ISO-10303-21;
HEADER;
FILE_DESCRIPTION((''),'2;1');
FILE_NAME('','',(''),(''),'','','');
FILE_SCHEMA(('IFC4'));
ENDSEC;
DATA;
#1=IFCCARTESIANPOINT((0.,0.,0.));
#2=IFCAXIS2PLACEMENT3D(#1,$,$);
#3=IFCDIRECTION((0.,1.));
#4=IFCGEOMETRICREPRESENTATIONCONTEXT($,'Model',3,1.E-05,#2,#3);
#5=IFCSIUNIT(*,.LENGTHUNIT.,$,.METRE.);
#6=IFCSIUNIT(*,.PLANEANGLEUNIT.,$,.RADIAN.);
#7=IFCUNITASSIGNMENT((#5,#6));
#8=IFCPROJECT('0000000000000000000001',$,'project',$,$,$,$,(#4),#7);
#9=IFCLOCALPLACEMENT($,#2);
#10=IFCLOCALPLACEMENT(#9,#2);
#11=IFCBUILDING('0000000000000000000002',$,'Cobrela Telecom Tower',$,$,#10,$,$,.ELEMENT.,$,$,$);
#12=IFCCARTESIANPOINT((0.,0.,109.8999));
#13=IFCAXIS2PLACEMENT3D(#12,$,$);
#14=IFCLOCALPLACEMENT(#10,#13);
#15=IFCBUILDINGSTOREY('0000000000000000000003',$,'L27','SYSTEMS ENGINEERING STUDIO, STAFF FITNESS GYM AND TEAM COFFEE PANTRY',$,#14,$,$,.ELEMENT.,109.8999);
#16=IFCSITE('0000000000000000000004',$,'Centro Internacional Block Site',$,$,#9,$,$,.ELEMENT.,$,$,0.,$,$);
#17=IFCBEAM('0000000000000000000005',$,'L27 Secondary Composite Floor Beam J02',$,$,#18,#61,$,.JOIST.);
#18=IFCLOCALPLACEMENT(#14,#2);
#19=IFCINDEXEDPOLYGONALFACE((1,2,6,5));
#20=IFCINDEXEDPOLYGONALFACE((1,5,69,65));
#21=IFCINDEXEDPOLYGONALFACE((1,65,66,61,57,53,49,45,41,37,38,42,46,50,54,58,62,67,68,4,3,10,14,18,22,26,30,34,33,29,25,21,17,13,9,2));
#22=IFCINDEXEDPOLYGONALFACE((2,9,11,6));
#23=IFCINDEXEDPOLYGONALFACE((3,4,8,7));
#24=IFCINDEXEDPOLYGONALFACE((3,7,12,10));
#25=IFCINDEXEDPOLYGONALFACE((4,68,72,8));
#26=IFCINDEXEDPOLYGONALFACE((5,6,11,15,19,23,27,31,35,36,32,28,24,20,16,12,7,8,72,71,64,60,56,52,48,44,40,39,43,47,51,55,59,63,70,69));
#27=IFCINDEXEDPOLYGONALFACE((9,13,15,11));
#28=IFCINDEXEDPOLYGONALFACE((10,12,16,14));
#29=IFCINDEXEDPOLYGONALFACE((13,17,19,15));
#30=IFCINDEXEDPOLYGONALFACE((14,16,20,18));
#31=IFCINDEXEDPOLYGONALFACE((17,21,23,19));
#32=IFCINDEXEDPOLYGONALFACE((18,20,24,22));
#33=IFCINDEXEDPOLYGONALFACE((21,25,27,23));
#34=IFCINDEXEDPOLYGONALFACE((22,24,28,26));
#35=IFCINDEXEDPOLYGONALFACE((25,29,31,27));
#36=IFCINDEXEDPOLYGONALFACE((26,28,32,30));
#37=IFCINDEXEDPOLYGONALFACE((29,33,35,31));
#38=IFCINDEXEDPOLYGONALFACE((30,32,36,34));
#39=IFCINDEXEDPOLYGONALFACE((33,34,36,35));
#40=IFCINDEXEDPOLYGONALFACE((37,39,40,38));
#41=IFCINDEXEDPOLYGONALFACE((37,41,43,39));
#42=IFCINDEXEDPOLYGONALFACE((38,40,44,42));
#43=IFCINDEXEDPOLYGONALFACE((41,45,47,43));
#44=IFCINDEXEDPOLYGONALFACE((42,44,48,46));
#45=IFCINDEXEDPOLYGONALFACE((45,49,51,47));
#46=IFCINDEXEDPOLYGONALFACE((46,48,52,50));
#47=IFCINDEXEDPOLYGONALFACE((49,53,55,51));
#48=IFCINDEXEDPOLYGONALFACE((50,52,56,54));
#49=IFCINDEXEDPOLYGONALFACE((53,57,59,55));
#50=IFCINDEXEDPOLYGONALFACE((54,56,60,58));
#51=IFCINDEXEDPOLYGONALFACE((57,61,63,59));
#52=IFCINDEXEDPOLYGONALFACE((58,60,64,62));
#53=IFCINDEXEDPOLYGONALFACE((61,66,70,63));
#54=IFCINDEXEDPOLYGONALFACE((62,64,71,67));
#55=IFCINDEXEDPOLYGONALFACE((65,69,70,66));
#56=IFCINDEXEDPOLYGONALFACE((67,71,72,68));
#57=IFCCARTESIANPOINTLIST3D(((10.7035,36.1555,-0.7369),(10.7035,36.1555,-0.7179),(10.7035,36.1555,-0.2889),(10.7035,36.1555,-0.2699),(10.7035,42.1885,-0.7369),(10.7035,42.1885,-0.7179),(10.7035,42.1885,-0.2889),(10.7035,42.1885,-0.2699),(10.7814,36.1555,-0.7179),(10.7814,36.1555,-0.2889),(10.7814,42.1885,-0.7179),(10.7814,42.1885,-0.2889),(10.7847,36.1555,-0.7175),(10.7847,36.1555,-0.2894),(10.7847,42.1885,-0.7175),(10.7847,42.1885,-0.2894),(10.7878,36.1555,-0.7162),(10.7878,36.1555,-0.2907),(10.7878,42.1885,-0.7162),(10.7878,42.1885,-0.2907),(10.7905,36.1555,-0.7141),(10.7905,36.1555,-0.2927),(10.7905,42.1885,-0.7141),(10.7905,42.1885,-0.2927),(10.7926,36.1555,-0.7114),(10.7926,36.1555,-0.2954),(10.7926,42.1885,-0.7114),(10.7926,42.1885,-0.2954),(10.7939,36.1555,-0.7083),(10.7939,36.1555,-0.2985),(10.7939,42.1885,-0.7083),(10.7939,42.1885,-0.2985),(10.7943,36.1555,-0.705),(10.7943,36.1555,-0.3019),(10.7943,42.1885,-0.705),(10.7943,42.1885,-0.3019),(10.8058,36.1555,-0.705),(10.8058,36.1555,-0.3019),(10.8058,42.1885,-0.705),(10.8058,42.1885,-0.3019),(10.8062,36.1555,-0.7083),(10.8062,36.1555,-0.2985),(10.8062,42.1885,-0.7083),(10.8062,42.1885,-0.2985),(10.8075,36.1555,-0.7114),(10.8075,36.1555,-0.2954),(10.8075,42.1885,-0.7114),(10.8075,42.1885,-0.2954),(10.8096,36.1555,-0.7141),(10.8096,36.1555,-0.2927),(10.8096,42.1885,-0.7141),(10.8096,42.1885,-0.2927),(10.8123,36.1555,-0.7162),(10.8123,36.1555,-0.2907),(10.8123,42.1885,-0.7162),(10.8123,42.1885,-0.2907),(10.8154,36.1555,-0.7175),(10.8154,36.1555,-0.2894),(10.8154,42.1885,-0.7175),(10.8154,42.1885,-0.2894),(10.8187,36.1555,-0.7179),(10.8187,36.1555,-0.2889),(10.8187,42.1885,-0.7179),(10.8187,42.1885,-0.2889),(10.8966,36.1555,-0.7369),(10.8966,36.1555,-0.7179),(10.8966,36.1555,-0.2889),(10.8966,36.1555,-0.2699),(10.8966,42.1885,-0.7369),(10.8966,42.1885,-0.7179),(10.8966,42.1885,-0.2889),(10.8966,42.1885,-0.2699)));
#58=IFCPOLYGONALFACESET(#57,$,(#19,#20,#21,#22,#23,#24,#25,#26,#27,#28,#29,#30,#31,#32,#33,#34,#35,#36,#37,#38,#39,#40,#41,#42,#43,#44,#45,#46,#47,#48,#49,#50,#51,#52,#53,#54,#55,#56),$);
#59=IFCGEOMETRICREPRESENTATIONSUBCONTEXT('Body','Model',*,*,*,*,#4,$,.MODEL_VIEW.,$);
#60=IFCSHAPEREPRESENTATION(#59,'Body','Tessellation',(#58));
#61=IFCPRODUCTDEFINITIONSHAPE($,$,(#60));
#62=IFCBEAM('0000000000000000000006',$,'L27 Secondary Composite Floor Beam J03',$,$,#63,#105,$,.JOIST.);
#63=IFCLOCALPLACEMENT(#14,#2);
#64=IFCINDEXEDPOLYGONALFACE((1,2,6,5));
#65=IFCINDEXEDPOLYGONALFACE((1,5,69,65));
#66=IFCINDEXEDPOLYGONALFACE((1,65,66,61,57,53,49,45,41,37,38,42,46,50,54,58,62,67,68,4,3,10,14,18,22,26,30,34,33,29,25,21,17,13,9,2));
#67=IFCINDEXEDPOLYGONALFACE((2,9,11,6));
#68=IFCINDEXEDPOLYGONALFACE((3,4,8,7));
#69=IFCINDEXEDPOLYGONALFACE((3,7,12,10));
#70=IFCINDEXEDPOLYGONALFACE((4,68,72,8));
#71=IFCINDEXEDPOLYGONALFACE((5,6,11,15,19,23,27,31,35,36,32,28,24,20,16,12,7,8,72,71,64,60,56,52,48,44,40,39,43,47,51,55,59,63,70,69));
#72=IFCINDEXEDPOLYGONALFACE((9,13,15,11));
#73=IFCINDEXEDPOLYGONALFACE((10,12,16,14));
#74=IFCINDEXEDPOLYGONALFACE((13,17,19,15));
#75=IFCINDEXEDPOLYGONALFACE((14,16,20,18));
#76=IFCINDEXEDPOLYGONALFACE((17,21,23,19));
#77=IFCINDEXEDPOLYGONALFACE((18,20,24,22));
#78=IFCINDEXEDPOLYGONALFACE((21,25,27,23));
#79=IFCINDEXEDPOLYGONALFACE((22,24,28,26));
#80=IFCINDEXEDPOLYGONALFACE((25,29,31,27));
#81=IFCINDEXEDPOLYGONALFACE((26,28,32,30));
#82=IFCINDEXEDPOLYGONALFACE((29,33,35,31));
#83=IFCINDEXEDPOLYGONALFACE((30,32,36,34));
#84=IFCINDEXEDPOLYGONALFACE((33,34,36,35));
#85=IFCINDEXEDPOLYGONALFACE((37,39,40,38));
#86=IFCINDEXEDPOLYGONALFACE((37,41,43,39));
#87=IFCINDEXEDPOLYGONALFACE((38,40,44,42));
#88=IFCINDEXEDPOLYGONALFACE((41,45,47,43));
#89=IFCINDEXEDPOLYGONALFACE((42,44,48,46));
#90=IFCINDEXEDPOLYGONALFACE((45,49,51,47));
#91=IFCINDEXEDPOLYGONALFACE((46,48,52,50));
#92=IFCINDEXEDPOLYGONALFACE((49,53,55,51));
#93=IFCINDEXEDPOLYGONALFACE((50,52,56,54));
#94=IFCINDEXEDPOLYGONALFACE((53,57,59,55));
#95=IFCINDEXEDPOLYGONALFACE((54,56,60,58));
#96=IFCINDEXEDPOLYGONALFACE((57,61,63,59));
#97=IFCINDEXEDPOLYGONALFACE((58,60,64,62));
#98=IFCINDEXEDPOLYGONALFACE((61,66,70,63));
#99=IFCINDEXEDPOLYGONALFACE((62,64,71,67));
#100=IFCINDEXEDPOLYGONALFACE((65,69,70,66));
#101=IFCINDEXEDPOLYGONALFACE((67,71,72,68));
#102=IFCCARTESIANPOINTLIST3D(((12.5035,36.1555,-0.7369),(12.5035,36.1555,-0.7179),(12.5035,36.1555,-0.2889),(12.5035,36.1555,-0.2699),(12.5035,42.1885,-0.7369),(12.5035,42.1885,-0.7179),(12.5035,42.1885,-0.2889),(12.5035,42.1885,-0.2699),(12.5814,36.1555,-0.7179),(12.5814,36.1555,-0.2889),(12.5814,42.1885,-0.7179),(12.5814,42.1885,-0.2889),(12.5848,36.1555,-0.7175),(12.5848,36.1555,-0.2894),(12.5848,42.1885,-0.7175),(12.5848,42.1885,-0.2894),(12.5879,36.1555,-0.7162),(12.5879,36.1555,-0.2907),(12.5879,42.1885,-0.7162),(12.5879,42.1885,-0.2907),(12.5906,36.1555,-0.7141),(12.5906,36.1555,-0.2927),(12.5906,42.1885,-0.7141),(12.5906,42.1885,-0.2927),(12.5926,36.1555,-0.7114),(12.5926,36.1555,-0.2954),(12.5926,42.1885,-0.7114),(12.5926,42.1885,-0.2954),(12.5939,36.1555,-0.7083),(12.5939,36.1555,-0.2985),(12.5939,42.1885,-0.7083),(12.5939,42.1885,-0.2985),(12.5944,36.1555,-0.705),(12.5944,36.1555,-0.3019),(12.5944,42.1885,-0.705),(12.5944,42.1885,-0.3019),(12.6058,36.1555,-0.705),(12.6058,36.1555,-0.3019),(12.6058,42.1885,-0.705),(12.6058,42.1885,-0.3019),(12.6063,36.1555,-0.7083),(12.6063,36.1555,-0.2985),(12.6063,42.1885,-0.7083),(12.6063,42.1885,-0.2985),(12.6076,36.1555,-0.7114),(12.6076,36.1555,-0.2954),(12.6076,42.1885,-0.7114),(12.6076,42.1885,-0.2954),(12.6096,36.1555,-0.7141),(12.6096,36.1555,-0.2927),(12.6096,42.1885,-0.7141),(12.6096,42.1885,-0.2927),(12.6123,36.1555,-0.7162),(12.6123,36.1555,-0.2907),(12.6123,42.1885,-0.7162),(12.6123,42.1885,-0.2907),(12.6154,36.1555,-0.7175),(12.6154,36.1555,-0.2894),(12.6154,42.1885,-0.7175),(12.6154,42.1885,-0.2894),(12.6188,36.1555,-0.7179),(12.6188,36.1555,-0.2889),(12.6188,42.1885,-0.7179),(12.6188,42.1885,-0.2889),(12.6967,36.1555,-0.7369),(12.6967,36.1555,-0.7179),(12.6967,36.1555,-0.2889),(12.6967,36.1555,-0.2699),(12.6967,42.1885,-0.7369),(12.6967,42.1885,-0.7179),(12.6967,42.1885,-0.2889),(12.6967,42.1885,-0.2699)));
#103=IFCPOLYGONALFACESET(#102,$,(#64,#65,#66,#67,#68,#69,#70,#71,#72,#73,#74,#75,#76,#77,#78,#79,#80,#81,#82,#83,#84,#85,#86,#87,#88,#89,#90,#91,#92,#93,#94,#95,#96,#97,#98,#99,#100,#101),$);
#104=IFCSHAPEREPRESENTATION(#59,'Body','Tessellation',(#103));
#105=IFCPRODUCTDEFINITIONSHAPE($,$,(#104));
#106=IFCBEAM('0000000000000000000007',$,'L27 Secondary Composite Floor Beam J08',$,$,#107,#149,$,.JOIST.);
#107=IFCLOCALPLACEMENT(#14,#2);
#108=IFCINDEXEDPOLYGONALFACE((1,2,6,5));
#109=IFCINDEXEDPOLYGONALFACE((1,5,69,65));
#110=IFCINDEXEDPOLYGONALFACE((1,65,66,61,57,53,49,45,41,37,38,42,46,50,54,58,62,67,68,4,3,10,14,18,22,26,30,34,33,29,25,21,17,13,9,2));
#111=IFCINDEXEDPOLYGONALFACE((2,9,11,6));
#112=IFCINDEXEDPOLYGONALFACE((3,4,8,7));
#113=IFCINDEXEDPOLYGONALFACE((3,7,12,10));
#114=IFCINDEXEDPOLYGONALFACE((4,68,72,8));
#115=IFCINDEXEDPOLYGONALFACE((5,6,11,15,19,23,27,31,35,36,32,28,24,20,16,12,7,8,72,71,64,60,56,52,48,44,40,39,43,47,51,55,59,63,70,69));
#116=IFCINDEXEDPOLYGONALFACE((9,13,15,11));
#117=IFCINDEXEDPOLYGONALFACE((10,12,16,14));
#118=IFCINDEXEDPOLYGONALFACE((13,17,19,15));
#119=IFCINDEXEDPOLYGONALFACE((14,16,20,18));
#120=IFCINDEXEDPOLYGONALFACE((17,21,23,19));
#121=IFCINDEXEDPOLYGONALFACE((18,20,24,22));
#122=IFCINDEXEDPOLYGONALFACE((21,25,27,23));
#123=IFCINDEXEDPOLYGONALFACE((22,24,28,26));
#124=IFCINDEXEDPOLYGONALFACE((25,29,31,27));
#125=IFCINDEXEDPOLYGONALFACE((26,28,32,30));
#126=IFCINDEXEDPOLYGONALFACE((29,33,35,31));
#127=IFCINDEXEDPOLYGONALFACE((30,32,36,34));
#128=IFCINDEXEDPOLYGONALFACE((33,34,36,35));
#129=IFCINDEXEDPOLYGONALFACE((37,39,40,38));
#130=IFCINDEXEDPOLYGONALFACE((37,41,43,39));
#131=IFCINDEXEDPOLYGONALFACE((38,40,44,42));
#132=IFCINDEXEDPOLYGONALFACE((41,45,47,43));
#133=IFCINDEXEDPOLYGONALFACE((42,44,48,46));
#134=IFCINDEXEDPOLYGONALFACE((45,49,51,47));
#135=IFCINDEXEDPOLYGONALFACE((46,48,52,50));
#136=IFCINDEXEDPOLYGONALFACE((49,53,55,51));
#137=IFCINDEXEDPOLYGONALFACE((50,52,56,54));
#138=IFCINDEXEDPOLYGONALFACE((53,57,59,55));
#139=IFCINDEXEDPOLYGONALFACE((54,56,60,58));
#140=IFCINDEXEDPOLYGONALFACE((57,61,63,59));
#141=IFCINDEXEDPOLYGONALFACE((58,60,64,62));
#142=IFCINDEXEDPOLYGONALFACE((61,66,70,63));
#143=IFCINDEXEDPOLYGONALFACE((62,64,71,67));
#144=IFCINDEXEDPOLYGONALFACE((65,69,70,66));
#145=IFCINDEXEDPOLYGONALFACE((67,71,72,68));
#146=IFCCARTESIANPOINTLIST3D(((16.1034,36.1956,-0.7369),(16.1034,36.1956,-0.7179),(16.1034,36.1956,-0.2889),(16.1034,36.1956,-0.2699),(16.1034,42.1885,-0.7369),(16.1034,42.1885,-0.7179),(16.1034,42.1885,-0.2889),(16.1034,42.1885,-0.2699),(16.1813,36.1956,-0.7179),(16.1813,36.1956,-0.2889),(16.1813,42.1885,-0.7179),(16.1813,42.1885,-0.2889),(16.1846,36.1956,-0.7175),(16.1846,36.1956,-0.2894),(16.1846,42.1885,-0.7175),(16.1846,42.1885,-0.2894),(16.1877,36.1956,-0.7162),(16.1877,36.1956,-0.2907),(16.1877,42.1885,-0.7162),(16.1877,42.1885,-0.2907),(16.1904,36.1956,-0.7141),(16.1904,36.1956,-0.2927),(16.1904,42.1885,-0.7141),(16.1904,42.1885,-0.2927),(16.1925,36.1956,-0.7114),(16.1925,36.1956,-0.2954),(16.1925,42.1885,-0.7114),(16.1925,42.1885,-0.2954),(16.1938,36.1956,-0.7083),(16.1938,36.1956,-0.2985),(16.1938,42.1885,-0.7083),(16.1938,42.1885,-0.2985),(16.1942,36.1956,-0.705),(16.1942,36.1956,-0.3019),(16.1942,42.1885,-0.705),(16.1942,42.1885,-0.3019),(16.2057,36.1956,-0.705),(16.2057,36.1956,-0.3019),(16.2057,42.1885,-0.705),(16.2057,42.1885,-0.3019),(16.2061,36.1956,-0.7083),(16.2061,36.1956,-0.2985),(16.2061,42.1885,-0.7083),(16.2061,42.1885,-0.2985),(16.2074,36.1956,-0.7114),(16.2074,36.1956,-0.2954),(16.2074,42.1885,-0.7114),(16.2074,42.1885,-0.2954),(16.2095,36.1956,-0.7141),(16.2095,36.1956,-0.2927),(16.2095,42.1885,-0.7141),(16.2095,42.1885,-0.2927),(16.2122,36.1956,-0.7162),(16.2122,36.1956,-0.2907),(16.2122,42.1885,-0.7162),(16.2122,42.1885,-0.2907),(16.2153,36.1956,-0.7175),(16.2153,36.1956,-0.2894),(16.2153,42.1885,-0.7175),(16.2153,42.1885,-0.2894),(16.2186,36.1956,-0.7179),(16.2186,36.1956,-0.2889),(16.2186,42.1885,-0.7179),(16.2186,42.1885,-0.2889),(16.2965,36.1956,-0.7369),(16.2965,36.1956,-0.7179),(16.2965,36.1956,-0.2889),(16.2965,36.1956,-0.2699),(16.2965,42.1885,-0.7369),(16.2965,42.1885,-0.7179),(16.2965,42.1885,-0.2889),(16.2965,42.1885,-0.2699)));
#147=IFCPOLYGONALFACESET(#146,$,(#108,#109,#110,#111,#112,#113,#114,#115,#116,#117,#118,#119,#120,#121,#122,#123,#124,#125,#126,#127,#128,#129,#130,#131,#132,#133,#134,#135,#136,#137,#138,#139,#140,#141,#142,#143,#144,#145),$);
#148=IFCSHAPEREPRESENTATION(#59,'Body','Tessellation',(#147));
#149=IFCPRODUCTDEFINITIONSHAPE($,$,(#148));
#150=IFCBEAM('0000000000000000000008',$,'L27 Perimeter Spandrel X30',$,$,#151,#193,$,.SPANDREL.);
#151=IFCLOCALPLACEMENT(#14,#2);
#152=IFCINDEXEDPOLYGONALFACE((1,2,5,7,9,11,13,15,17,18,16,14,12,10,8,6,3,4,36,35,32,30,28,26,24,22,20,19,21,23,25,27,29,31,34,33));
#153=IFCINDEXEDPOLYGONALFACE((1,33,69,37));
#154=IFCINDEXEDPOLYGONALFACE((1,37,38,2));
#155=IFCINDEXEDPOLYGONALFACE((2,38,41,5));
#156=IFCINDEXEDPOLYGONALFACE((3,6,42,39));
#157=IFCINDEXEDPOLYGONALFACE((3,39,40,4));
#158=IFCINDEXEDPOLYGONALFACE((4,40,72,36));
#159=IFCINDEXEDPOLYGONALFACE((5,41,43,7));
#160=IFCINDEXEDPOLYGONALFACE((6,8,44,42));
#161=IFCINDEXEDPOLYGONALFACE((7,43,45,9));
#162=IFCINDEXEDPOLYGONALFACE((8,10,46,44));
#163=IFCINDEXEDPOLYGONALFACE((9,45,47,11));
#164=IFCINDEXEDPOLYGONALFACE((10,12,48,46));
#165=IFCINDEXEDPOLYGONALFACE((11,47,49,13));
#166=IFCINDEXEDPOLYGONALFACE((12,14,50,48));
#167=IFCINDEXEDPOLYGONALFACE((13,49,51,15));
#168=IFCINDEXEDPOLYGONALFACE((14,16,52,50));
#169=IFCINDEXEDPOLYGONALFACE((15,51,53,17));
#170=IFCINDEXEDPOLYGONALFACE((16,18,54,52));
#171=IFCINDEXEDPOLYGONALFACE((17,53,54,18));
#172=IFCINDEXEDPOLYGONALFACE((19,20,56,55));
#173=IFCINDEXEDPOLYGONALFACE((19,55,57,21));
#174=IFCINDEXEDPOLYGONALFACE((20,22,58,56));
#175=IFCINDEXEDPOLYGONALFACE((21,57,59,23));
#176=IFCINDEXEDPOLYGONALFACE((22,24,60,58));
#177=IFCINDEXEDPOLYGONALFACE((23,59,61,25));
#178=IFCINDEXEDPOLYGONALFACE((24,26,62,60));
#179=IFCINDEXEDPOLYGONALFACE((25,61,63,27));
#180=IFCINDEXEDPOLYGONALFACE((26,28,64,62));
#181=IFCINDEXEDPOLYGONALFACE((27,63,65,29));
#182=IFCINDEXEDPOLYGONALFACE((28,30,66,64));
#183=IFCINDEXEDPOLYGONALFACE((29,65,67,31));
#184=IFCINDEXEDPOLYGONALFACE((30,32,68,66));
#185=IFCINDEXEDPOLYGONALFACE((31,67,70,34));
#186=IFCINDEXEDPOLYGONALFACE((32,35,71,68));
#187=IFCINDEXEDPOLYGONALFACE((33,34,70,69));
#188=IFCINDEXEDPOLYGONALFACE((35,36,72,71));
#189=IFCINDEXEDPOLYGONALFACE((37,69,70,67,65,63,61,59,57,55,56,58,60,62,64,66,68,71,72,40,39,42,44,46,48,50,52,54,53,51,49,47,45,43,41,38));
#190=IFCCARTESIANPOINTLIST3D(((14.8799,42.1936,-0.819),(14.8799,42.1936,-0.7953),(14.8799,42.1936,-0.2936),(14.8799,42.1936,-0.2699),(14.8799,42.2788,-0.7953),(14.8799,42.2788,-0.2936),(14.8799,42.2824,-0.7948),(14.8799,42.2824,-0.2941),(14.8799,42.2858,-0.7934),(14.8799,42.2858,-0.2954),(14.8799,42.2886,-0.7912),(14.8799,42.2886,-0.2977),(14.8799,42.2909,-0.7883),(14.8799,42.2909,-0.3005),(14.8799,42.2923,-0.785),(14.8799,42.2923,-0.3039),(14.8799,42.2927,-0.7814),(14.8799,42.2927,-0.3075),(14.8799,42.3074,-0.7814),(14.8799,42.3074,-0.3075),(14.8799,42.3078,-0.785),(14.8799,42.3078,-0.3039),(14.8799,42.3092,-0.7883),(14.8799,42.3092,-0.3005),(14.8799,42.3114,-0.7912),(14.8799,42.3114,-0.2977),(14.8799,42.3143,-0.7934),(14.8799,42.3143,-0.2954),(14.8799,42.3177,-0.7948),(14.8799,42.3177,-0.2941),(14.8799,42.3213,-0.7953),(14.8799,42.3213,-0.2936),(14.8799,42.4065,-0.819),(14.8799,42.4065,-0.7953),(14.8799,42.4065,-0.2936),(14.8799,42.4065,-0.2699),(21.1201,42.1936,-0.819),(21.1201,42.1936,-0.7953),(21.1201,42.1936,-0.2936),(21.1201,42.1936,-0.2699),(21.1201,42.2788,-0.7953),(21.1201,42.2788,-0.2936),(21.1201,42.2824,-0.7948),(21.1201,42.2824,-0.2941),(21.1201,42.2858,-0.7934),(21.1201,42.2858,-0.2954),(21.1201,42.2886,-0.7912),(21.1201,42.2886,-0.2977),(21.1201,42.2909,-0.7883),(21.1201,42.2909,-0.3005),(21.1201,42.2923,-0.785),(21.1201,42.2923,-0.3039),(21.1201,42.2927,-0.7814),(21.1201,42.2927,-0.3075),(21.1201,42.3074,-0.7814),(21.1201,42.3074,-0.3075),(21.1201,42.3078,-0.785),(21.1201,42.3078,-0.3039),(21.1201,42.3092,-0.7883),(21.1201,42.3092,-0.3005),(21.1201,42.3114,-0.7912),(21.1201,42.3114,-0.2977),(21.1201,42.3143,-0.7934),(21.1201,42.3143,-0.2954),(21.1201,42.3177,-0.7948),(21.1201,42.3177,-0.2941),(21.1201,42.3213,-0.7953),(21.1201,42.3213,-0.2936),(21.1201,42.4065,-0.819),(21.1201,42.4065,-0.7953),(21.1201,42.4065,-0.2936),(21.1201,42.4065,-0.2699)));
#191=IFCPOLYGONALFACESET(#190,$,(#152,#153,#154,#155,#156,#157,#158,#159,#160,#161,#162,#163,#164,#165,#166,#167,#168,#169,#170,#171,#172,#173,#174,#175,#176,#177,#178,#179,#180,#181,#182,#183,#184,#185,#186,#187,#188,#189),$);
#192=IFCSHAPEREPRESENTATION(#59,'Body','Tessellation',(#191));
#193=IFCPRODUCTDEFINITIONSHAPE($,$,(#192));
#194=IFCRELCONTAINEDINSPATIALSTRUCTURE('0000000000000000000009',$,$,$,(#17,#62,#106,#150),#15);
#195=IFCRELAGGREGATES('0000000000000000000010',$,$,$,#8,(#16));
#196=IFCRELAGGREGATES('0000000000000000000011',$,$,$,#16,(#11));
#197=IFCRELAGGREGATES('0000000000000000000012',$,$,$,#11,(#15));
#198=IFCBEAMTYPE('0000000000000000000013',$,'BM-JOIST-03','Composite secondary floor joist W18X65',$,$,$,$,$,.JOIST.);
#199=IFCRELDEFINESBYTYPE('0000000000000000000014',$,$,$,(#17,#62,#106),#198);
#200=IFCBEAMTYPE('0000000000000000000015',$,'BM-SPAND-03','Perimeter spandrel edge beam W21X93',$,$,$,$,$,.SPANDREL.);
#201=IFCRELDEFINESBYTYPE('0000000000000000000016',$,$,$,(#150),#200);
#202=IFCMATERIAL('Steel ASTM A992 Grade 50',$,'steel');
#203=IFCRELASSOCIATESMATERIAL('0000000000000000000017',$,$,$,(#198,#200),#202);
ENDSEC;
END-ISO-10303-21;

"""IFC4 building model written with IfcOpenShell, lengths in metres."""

from ifc_helpers import new_model, si_unit, direction, frame, origin, origin_2d, place, context, subcontext, project, spatial, i_section, extrude, material, material_profile, profile_set, type_object, element, save


model = new_model("IFC4")

# Units and contexts
model_context = context("Model", 3, precision=1e-05, world=origin(), true_north=direction((0.0, 1.0)))
body_context = subcontext(model_context, "Body", "Model", "MODEL_VIEW")
ifc_project = project(units=[si_unit("LENGTHUNIT", "METRE"), si_unit("PLANEANGLEUNIT", "RADIAN")], contexts=[model_context])

# Site, building, storey
site_placement = place(None, origin())
site = spatial("IfcSite", under=ifc_project, at=site_placement, Name="Centro Internacional Block Site", CompositionType="ELEMENT", RefElevation=0.0)
building_placement = place(site_placement, origin())
building = spatial("IfcBuilding", under=site, at=building_placement, Name="Cobrela Telecom Tower", CompositionType="ELEMENT")
storey_placement = place(building_placement, frame((0.0, 0.0, 109.8999)))
storey = spatial("IfcBuildingStorey", under=building, at=storey_placement, Name="L27", Description="SYSTEMS ENGINEERING STUDIO, STAFF FITNESS GYM AND TEAM COFFEE PANTRY", CompositionType="ELEMENT", Elevation=109.8999)

# Beams
ifc_material_1 = material(Name="Steel ASTM A992 Grade 50", Category="steel")
ifc_material_profile_1 = material_profile(ifc_material_1, i_section(OverallWidth=0.1931, OverallDepth=0.467, WebThickness=0.0115, FlangeThickness=0.019, FilletRadius=0.0129, at=origin_2d()), Name="W18X65")
ifc_profile_set_1 = profile_set([ifc_material_profile_1], Name="Steel ASTM A992 Grade 50")
beam_type_1 = type_object("IfcBeamType", Name="BM-JOIST-03", Description="Composite secondary floor joist W18X65", PredefinedType="JOIST", material=ifc_profile_set_1)
for number, where, z_axis, x_axis, name in (
    (1, (10.8, 36.1555, -0.5034), (0.0, 1.0, 0.0), (-1.0, 0.0, 0.0), "L27 Secondary Composite Floor Beam J02"),
    (2, (12.6001, 36.1555, -0.5034), (0.0, 1.0, 0.0), (-1.0, 0.0, 0.0), "L27 Secondary Composite Floor Beam J03"),
):
    element("IfcBeam", number, at=place(storey_placement, frame(where, z_axis=z_axis, x_axis=x_axis)), inside=storey, type_object=beam_type_1, Name=name, PredefinedType="JOIST", context=body_context, shape_type="SweptSolid", body=[
        extrude(i_section(OverallWidth=0.1931, OverallDepth=0.467, WebThickness=0.0115, FlangeThickness=0.019, FilletRadius=0.0129, at=origin_2d()), origin(), (0.0, 0.0, 1.0), 6.033),
    ])
beam_1_placement = place(storey_placement, frame((16.2, 36.1956, -0.5034), z_axis=(0.0, 1.0, 0.0), x_axis=(-1.0, 0.0, 0.0)))
element("IfcBeam", 3, at=beam_1_placement, inside=storey, type_object=beam_type_1, Name="L27 Secondary Composite Floor Beam J08", PredefinedType="JOIST", context=body_context, shape_type="SweptSolid", body=[
    extrude(i_section(OverallWidth=0.1931, OverallDepth=0.467, WebThickness=0.0115, FlangeThickness=0.019, FilletRadius=0.0129, at=origin_2d()), origin(), (0.0, 0.0, 1.0), 5.9929),
])
ifc_material_profile_2 = material_profile(ifc_material_1, i_section(OverallWidth=0.2129, OverallDepth=0.5491, WebThickness=0.0146, FlangeThickness=0.0237, FilletRadius=0.0139, at=origin_2d()), Name="W21X93")
ifc_profile_set_2 = profile_set([ifc_material_profile_2], Name="Steel ASTM A992 Grade 50")
beam_type_2 = type_object("IfcBeamType", Name="BM-SPAND-03", Description="Perimeter spandrel edge beam W21X93", PredefinedType="SPANDREL", material=ifc_profile_set_2)
beam_2_placement = place(storey_placement, frame((14.8799, 42.3, -0.5444), z_axis=(1.0, 0.0, 0.0), x_axis=(0.0, 1.0, 0.0)))
element("IfcBeam", 4, at=beam_2_placement, inside=storey, type_object=beam_type_2, Name="L27 Perimeter Spandrel X30", PredefinedType="SPANDREL", context=body_context, shape_type="SweptSolid", body=[
    extrude(i_section(OverallWidth=0.2129, OverallDepth=0.5491, WebThickness=0.0146, FlangeThickness=0.0237, FilletRadius=0.0139, at=origin_2d()), origin(), (0.0, 0.0, 1.0), 6.2402),
])

save(model, "model.ifc")
